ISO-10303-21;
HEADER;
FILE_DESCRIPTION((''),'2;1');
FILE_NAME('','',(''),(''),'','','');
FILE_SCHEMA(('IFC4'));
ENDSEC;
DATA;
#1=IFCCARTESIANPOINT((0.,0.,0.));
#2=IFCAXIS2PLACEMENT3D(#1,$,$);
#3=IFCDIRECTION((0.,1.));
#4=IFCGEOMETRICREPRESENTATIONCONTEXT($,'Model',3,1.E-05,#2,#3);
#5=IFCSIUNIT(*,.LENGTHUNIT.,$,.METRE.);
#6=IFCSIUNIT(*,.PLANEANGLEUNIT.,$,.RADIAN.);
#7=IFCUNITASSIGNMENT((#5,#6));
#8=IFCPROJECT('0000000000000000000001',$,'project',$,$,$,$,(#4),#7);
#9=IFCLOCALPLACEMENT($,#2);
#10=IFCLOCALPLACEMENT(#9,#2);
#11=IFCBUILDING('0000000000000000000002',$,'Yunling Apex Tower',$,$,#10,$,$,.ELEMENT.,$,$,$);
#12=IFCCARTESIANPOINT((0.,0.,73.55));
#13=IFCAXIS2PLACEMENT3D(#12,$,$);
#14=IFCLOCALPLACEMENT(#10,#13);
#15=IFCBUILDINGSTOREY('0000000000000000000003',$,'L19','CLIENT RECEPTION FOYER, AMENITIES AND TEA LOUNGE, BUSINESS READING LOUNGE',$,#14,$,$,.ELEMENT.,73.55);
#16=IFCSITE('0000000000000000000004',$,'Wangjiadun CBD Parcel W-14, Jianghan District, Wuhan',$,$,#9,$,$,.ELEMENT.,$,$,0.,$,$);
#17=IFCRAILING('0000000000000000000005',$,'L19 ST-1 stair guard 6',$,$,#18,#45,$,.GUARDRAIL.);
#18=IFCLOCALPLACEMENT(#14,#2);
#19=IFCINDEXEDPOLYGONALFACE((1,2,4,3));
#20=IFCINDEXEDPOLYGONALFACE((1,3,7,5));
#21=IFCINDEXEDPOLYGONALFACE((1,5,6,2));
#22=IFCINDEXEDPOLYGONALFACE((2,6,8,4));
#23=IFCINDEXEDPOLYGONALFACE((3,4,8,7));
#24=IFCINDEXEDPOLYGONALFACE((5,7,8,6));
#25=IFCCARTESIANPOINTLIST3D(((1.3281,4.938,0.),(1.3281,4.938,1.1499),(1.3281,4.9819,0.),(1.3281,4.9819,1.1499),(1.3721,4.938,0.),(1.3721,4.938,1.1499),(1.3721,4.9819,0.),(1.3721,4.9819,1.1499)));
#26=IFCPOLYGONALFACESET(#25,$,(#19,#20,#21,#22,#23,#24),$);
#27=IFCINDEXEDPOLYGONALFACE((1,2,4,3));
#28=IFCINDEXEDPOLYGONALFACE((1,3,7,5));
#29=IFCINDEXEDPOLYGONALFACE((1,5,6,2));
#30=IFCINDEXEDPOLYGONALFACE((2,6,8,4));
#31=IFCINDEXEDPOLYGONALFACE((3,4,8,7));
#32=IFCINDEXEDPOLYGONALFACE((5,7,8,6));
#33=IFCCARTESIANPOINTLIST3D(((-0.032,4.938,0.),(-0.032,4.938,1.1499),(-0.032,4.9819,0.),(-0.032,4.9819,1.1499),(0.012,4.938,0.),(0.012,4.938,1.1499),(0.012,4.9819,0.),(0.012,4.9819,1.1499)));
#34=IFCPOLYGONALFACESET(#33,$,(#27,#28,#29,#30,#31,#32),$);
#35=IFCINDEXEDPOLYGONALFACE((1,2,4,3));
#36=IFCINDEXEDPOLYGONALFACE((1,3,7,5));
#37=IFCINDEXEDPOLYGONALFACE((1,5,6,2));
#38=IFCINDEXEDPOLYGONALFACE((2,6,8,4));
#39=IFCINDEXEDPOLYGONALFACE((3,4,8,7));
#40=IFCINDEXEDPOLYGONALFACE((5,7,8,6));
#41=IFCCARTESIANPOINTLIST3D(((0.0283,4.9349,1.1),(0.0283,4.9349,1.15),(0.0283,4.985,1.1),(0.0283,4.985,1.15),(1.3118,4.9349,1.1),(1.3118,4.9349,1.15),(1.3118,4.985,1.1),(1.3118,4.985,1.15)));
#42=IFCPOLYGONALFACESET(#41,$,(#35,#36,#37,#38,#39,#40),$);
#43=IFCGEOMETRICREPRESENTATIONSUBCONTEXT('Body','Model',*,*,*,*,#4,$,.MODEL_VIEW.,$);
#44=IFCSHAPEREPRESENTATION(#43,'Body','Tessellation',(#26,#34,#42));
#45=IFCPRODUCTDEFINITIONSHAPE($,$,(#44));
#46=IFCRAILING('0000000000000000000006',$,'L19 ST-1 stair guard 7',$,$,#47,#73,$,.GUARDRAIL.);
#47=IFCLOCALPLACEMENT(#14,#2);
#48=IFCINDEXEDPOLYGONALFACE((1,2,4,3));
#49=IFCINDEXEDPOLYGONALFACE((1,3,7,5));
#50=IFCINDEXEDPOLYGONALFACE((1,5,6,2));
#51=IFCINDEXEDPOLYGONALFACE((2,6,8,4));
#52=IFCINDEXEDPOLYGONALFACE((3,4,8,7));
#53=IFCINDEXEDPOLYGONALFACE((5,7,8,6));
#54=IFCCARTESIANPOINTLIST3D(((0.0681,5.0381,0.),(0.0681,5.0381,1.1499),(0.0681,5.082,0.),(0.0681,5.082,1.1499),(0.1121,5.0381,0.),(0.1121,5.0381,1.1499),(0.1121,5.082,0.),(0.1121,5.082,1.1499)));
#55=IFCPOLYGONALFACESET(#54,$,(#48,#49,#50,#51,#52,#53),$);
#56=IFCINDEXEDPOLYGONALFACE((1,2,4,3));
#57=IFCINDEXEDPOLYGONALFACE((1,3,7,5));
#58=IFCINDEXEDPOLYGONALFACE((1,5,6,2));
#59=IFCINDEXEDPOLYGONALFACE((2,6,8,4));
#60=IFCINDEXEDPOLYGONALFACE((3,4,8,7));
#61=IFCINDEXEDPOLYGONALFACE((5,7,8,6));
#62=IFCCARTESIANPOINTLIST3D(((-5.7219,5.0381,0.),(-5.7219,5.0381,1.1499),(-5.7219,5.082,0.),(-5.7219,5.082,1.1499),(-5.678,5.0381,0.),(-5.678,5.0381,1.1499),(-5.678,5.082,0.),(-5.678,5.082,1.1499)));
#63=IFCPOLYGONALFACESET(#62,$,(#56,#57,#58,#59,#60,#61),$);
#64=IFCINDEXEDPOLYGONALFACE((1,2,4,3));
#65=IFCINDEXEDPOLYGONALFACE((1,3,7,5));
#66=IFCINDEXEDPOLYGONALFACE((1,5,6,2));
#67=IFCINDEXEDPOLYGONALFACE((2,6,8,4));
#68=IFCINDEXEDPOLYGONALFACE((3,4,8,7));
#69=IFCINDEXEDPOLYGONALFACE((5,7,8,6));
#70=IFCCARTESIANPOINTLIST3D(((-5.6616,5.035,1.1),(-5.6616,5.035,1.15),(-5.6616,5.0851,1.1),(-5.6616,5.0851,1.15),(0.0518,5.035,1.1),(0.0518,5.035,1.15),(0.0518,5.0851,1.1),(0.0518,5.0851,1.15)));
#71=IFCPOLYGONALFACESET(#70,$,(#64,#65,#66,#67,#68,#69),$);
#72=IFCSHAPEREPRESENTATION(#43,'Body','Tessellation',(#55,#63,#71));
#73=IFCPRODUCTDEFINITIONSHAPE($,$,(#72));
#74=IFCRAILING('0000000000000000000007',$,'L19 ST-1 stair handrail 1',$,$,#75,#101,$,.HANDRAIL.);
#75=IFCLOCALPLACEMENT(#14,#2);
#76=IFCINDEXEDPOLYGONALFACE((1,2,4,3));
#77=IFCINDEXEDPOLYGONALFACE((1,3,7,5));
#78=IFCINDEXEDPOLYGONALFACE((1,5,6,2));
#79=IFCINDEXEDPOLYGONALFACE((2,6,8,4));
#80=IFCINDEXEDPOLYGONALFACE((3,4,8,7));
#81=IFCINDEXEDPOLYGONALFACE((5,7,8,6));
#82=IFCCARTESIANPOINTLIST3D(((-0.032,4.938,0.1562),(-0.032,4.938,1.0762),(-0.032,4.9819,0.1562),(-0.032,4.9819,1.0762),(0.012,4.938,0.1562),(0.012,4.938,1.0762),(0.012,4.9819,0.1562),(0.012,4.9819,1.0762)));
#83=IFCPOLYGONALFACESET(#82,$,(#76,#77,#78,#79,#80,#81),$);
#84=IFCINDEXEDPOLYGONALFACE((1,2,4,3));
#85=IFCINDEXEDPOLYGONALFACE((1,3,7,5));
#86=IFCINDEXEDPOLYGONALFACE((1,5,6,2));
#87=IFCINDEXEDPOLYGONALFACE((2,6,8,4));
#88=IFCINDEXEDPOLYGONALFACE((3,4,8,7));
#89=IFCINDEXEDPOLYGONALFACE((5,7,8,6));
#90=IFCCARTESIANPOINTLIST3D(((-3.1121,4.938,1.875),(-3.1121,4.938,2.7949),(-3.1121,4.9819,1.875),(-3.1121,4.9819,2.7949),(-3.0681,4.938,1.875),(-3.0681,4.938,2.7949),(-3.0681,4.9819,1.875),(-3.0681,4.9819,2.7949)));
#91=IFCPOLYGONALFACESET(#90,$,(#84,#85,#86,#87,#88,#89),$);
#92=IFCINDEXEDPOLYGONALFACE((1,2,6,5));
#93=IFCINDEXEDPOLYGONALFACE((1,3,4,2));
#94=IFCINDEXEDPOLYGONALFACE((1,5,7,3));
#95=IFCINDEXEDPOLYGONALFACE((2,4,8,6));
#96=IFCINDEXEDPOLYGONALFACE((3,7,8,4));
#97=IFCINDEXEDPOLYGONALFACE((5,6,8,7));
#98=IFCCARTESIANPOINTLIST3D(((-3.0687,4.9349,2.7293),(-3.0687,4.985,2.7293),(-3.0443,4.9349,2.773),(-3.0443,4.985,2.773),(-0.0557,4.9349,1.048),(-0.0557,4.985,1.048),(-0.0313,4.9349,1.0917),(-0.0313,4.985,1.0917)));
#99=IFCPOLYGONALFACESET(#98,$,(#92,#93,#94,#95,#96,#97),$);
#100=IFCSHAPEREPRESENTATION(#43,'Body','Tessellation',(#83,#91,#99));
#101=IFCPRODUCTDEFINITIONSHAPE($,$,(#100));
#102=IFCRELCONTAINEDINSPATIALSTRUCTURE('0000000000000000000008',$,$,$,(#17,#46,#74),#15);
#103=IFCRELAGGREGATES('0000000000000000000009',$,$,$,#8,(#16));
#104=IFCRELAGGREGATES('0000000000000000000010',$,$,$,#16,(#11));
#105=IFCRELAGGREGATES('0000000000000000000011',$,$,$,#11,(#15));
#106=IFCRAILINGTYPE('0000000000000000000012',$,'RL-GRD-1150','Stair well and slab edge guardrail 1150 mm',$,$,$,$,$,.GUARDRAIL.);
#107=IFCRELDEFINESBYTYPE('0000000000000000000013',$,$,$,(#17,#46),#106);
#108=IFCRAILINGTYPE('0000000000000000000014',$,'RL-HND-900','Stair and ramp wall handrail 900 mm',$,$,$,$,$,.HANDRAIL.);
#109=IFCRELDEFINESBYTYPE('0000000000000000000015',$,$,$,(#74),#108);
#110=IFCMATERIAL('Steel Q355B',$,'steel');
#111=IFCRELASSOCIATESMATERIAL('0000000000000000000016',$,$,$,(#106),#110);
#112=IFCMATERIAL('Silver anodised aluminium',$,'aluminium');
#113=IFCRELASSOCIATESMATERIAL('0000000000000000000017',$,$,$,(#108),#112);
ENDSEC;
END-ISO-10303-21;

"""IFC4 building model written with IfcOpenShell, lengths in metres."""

from ifc_helpers import new_model, si_unit, direction, frame, origin, origin_2d, place, context, subcontext, project, spatial, rectangle, extrude, material, type_object, element, save


model = new_model("IFC4")

# Units and contexts
model_context = context("Model", 3, precision=1e-05, world=origin(), true_north=direction((0.0, 1.0)))
body_context = subcontext(model_context, "Body", "Model", "MODEL_VIEW")
ifc_project = project(units=[si_unit("LENGTHUNIT", "METRE"), si_unit("PLANEANGLEUNIT", "RADIAN")], contexts=[model_context])

# Site, building, storey
site_placement = place(None, origin())
site = spatial("IfcSite", under=ifc_project, at=site_placement, Name="Wangjiadun CBD Parcel W-14, Jianghan District, Wuhan", CompositionType="ELEMENT", RefElevation=0.0)
building_placement = place(site_placement, origin())
building = spatial("IfcBuilding", under=site, at=building_placement, Name="Yunling Apex Tower", CompositionType="ELEMENT")
storey_placement = place(building_placement, frame((0.0, 0.0, 73.55)))
storey = spatial("IfcBuildingStorey", under=building, at=storey_placement, Name="L19", Description="CLIENT RECEPTION FOYER, AMENITIES AND TEA LOUNGE, BUSINESS READING LOUNGE", CompositionType="ELEMENT", Elevation=73.55)

# Shared definitions
ifc_material_1 = material(Name="Steel Q355B", Category="steel")

# Railings
railing_type_1 = type_object("IfcRailingType", Name="RL-GRD-1150", Description="Stair well and slab edge guardrail 1150 mm", PredefinedType="GUARDRAIL", material=ifc_material_1)
railing_1_placement = place(storey_placement, frame((1.3501, 4.96, 0.0)))
element("IfcRailing", 1, at=railing_1_placement, inside=storey, type_object=railing_type_1, Name="L19 ST-1 stair guard 6", PredefinedType="GUARDRAIL", context=body_context, shape_type="SweptSolid", body=[
    extrude(rectangle(XDim=0.0439, YDim=0.0439, at=origin_2d()), origin(), (0.0, 0.0, 1.0), 1.1499),
    extrude(rectangle(XDim=0.0439, YDim=0.0439, at=origin_2d()), frame((-1.3601, 0.0, 0.0)), (0.0, 0.0, 1.0), 1.1499),
    extrude(rectangle(XDim=0.05, YDim=0.05, at=origin_2d()), frame((-0.0383, 0.0, 1.125), z_axis=(-1.0, 0.0, 0.0), x_axis=(0.0, -1.0, 0.0)), (0.0, 0.0, 1.0), 1.2834),
])
railing_2_placement = place(storey_placement, frame((0.0901, 5.0601, 0.0)))
element("IfcRailing", 2, at=railing_2_placement, inside=storey, type_object=railing_type_1, Name="L19 ST-1 stair guard 7", PredefinedType="GUARDRAIL", context=body_context, shape_type="SweptSolid", body=[
    extrude(rectangle(XDim=0.0439, YDim=0.0439, at=origin_2d()), origin(), (0.0, 0.0, 1.0), 1.1499),
    extrude(rectangle(XDim=0.0439, YDim=0.0439, at=origin_2d()), frame((-5.79, 0.0, 0.0)), (0.0, 0.0, 1.0), 1.1499),
    extrude(rectangle(XDim=0.05, YDim=0.05, at=origin_2d()), frame((-0.0383, 0.0, 1.125), z_axis=(-1.0, 0.0, 0.0), x_axis=(0.0, -1.0, 0.0)), (0.0, 0.0, 1.0), 5.7134),
])
ifc_material_2 = material(Name="Silver anodised aluminium", Category="aluminium")
railing_type_2 = type_object("IfcRailingType", Name="RL-HND-900", Description="Stair and ramp wall handrail 900 mm", PredefinedType="HANDRAIL", material=ifc_material_2)
railing_3_placement = place(storey_placement, frame((-0.01, 4.96, 0.1562)))
element("IfcRailing", 3, at=railing_3_placement, inside=storey, type_object=railing_type_2, Name="L19 ST-1 stair handrail 1", PredefinedType="HANDRAIL", context=body_context, shape_type="SweptSolid", body=[
    extrude(rectangle(XDim=0.0439, YDim=0.0439, at=origin_2d()), origin(), (0.0, 0.0, 1.0), 0.9199),
    extrude(rectangle(XDim=0.0439, YDim=0.0439, at=origin_2d()), frame((-3.0801, 0.0, 1.7188)), (0.0, 0.0, 1.0), 0.9199),
    extrude(rectangle(XDim=0.05, YDim=0.05, at=origin_2d()), frame((-0.0334, 0.0, 0.9136), z_axis=(-0.873242, 0.0, 0.487288), x_axis=(0.0, -1.0, 0.0)), (0.0, 0.0, 1.0), 3.4504),
])

save(model, "model.ifc")
